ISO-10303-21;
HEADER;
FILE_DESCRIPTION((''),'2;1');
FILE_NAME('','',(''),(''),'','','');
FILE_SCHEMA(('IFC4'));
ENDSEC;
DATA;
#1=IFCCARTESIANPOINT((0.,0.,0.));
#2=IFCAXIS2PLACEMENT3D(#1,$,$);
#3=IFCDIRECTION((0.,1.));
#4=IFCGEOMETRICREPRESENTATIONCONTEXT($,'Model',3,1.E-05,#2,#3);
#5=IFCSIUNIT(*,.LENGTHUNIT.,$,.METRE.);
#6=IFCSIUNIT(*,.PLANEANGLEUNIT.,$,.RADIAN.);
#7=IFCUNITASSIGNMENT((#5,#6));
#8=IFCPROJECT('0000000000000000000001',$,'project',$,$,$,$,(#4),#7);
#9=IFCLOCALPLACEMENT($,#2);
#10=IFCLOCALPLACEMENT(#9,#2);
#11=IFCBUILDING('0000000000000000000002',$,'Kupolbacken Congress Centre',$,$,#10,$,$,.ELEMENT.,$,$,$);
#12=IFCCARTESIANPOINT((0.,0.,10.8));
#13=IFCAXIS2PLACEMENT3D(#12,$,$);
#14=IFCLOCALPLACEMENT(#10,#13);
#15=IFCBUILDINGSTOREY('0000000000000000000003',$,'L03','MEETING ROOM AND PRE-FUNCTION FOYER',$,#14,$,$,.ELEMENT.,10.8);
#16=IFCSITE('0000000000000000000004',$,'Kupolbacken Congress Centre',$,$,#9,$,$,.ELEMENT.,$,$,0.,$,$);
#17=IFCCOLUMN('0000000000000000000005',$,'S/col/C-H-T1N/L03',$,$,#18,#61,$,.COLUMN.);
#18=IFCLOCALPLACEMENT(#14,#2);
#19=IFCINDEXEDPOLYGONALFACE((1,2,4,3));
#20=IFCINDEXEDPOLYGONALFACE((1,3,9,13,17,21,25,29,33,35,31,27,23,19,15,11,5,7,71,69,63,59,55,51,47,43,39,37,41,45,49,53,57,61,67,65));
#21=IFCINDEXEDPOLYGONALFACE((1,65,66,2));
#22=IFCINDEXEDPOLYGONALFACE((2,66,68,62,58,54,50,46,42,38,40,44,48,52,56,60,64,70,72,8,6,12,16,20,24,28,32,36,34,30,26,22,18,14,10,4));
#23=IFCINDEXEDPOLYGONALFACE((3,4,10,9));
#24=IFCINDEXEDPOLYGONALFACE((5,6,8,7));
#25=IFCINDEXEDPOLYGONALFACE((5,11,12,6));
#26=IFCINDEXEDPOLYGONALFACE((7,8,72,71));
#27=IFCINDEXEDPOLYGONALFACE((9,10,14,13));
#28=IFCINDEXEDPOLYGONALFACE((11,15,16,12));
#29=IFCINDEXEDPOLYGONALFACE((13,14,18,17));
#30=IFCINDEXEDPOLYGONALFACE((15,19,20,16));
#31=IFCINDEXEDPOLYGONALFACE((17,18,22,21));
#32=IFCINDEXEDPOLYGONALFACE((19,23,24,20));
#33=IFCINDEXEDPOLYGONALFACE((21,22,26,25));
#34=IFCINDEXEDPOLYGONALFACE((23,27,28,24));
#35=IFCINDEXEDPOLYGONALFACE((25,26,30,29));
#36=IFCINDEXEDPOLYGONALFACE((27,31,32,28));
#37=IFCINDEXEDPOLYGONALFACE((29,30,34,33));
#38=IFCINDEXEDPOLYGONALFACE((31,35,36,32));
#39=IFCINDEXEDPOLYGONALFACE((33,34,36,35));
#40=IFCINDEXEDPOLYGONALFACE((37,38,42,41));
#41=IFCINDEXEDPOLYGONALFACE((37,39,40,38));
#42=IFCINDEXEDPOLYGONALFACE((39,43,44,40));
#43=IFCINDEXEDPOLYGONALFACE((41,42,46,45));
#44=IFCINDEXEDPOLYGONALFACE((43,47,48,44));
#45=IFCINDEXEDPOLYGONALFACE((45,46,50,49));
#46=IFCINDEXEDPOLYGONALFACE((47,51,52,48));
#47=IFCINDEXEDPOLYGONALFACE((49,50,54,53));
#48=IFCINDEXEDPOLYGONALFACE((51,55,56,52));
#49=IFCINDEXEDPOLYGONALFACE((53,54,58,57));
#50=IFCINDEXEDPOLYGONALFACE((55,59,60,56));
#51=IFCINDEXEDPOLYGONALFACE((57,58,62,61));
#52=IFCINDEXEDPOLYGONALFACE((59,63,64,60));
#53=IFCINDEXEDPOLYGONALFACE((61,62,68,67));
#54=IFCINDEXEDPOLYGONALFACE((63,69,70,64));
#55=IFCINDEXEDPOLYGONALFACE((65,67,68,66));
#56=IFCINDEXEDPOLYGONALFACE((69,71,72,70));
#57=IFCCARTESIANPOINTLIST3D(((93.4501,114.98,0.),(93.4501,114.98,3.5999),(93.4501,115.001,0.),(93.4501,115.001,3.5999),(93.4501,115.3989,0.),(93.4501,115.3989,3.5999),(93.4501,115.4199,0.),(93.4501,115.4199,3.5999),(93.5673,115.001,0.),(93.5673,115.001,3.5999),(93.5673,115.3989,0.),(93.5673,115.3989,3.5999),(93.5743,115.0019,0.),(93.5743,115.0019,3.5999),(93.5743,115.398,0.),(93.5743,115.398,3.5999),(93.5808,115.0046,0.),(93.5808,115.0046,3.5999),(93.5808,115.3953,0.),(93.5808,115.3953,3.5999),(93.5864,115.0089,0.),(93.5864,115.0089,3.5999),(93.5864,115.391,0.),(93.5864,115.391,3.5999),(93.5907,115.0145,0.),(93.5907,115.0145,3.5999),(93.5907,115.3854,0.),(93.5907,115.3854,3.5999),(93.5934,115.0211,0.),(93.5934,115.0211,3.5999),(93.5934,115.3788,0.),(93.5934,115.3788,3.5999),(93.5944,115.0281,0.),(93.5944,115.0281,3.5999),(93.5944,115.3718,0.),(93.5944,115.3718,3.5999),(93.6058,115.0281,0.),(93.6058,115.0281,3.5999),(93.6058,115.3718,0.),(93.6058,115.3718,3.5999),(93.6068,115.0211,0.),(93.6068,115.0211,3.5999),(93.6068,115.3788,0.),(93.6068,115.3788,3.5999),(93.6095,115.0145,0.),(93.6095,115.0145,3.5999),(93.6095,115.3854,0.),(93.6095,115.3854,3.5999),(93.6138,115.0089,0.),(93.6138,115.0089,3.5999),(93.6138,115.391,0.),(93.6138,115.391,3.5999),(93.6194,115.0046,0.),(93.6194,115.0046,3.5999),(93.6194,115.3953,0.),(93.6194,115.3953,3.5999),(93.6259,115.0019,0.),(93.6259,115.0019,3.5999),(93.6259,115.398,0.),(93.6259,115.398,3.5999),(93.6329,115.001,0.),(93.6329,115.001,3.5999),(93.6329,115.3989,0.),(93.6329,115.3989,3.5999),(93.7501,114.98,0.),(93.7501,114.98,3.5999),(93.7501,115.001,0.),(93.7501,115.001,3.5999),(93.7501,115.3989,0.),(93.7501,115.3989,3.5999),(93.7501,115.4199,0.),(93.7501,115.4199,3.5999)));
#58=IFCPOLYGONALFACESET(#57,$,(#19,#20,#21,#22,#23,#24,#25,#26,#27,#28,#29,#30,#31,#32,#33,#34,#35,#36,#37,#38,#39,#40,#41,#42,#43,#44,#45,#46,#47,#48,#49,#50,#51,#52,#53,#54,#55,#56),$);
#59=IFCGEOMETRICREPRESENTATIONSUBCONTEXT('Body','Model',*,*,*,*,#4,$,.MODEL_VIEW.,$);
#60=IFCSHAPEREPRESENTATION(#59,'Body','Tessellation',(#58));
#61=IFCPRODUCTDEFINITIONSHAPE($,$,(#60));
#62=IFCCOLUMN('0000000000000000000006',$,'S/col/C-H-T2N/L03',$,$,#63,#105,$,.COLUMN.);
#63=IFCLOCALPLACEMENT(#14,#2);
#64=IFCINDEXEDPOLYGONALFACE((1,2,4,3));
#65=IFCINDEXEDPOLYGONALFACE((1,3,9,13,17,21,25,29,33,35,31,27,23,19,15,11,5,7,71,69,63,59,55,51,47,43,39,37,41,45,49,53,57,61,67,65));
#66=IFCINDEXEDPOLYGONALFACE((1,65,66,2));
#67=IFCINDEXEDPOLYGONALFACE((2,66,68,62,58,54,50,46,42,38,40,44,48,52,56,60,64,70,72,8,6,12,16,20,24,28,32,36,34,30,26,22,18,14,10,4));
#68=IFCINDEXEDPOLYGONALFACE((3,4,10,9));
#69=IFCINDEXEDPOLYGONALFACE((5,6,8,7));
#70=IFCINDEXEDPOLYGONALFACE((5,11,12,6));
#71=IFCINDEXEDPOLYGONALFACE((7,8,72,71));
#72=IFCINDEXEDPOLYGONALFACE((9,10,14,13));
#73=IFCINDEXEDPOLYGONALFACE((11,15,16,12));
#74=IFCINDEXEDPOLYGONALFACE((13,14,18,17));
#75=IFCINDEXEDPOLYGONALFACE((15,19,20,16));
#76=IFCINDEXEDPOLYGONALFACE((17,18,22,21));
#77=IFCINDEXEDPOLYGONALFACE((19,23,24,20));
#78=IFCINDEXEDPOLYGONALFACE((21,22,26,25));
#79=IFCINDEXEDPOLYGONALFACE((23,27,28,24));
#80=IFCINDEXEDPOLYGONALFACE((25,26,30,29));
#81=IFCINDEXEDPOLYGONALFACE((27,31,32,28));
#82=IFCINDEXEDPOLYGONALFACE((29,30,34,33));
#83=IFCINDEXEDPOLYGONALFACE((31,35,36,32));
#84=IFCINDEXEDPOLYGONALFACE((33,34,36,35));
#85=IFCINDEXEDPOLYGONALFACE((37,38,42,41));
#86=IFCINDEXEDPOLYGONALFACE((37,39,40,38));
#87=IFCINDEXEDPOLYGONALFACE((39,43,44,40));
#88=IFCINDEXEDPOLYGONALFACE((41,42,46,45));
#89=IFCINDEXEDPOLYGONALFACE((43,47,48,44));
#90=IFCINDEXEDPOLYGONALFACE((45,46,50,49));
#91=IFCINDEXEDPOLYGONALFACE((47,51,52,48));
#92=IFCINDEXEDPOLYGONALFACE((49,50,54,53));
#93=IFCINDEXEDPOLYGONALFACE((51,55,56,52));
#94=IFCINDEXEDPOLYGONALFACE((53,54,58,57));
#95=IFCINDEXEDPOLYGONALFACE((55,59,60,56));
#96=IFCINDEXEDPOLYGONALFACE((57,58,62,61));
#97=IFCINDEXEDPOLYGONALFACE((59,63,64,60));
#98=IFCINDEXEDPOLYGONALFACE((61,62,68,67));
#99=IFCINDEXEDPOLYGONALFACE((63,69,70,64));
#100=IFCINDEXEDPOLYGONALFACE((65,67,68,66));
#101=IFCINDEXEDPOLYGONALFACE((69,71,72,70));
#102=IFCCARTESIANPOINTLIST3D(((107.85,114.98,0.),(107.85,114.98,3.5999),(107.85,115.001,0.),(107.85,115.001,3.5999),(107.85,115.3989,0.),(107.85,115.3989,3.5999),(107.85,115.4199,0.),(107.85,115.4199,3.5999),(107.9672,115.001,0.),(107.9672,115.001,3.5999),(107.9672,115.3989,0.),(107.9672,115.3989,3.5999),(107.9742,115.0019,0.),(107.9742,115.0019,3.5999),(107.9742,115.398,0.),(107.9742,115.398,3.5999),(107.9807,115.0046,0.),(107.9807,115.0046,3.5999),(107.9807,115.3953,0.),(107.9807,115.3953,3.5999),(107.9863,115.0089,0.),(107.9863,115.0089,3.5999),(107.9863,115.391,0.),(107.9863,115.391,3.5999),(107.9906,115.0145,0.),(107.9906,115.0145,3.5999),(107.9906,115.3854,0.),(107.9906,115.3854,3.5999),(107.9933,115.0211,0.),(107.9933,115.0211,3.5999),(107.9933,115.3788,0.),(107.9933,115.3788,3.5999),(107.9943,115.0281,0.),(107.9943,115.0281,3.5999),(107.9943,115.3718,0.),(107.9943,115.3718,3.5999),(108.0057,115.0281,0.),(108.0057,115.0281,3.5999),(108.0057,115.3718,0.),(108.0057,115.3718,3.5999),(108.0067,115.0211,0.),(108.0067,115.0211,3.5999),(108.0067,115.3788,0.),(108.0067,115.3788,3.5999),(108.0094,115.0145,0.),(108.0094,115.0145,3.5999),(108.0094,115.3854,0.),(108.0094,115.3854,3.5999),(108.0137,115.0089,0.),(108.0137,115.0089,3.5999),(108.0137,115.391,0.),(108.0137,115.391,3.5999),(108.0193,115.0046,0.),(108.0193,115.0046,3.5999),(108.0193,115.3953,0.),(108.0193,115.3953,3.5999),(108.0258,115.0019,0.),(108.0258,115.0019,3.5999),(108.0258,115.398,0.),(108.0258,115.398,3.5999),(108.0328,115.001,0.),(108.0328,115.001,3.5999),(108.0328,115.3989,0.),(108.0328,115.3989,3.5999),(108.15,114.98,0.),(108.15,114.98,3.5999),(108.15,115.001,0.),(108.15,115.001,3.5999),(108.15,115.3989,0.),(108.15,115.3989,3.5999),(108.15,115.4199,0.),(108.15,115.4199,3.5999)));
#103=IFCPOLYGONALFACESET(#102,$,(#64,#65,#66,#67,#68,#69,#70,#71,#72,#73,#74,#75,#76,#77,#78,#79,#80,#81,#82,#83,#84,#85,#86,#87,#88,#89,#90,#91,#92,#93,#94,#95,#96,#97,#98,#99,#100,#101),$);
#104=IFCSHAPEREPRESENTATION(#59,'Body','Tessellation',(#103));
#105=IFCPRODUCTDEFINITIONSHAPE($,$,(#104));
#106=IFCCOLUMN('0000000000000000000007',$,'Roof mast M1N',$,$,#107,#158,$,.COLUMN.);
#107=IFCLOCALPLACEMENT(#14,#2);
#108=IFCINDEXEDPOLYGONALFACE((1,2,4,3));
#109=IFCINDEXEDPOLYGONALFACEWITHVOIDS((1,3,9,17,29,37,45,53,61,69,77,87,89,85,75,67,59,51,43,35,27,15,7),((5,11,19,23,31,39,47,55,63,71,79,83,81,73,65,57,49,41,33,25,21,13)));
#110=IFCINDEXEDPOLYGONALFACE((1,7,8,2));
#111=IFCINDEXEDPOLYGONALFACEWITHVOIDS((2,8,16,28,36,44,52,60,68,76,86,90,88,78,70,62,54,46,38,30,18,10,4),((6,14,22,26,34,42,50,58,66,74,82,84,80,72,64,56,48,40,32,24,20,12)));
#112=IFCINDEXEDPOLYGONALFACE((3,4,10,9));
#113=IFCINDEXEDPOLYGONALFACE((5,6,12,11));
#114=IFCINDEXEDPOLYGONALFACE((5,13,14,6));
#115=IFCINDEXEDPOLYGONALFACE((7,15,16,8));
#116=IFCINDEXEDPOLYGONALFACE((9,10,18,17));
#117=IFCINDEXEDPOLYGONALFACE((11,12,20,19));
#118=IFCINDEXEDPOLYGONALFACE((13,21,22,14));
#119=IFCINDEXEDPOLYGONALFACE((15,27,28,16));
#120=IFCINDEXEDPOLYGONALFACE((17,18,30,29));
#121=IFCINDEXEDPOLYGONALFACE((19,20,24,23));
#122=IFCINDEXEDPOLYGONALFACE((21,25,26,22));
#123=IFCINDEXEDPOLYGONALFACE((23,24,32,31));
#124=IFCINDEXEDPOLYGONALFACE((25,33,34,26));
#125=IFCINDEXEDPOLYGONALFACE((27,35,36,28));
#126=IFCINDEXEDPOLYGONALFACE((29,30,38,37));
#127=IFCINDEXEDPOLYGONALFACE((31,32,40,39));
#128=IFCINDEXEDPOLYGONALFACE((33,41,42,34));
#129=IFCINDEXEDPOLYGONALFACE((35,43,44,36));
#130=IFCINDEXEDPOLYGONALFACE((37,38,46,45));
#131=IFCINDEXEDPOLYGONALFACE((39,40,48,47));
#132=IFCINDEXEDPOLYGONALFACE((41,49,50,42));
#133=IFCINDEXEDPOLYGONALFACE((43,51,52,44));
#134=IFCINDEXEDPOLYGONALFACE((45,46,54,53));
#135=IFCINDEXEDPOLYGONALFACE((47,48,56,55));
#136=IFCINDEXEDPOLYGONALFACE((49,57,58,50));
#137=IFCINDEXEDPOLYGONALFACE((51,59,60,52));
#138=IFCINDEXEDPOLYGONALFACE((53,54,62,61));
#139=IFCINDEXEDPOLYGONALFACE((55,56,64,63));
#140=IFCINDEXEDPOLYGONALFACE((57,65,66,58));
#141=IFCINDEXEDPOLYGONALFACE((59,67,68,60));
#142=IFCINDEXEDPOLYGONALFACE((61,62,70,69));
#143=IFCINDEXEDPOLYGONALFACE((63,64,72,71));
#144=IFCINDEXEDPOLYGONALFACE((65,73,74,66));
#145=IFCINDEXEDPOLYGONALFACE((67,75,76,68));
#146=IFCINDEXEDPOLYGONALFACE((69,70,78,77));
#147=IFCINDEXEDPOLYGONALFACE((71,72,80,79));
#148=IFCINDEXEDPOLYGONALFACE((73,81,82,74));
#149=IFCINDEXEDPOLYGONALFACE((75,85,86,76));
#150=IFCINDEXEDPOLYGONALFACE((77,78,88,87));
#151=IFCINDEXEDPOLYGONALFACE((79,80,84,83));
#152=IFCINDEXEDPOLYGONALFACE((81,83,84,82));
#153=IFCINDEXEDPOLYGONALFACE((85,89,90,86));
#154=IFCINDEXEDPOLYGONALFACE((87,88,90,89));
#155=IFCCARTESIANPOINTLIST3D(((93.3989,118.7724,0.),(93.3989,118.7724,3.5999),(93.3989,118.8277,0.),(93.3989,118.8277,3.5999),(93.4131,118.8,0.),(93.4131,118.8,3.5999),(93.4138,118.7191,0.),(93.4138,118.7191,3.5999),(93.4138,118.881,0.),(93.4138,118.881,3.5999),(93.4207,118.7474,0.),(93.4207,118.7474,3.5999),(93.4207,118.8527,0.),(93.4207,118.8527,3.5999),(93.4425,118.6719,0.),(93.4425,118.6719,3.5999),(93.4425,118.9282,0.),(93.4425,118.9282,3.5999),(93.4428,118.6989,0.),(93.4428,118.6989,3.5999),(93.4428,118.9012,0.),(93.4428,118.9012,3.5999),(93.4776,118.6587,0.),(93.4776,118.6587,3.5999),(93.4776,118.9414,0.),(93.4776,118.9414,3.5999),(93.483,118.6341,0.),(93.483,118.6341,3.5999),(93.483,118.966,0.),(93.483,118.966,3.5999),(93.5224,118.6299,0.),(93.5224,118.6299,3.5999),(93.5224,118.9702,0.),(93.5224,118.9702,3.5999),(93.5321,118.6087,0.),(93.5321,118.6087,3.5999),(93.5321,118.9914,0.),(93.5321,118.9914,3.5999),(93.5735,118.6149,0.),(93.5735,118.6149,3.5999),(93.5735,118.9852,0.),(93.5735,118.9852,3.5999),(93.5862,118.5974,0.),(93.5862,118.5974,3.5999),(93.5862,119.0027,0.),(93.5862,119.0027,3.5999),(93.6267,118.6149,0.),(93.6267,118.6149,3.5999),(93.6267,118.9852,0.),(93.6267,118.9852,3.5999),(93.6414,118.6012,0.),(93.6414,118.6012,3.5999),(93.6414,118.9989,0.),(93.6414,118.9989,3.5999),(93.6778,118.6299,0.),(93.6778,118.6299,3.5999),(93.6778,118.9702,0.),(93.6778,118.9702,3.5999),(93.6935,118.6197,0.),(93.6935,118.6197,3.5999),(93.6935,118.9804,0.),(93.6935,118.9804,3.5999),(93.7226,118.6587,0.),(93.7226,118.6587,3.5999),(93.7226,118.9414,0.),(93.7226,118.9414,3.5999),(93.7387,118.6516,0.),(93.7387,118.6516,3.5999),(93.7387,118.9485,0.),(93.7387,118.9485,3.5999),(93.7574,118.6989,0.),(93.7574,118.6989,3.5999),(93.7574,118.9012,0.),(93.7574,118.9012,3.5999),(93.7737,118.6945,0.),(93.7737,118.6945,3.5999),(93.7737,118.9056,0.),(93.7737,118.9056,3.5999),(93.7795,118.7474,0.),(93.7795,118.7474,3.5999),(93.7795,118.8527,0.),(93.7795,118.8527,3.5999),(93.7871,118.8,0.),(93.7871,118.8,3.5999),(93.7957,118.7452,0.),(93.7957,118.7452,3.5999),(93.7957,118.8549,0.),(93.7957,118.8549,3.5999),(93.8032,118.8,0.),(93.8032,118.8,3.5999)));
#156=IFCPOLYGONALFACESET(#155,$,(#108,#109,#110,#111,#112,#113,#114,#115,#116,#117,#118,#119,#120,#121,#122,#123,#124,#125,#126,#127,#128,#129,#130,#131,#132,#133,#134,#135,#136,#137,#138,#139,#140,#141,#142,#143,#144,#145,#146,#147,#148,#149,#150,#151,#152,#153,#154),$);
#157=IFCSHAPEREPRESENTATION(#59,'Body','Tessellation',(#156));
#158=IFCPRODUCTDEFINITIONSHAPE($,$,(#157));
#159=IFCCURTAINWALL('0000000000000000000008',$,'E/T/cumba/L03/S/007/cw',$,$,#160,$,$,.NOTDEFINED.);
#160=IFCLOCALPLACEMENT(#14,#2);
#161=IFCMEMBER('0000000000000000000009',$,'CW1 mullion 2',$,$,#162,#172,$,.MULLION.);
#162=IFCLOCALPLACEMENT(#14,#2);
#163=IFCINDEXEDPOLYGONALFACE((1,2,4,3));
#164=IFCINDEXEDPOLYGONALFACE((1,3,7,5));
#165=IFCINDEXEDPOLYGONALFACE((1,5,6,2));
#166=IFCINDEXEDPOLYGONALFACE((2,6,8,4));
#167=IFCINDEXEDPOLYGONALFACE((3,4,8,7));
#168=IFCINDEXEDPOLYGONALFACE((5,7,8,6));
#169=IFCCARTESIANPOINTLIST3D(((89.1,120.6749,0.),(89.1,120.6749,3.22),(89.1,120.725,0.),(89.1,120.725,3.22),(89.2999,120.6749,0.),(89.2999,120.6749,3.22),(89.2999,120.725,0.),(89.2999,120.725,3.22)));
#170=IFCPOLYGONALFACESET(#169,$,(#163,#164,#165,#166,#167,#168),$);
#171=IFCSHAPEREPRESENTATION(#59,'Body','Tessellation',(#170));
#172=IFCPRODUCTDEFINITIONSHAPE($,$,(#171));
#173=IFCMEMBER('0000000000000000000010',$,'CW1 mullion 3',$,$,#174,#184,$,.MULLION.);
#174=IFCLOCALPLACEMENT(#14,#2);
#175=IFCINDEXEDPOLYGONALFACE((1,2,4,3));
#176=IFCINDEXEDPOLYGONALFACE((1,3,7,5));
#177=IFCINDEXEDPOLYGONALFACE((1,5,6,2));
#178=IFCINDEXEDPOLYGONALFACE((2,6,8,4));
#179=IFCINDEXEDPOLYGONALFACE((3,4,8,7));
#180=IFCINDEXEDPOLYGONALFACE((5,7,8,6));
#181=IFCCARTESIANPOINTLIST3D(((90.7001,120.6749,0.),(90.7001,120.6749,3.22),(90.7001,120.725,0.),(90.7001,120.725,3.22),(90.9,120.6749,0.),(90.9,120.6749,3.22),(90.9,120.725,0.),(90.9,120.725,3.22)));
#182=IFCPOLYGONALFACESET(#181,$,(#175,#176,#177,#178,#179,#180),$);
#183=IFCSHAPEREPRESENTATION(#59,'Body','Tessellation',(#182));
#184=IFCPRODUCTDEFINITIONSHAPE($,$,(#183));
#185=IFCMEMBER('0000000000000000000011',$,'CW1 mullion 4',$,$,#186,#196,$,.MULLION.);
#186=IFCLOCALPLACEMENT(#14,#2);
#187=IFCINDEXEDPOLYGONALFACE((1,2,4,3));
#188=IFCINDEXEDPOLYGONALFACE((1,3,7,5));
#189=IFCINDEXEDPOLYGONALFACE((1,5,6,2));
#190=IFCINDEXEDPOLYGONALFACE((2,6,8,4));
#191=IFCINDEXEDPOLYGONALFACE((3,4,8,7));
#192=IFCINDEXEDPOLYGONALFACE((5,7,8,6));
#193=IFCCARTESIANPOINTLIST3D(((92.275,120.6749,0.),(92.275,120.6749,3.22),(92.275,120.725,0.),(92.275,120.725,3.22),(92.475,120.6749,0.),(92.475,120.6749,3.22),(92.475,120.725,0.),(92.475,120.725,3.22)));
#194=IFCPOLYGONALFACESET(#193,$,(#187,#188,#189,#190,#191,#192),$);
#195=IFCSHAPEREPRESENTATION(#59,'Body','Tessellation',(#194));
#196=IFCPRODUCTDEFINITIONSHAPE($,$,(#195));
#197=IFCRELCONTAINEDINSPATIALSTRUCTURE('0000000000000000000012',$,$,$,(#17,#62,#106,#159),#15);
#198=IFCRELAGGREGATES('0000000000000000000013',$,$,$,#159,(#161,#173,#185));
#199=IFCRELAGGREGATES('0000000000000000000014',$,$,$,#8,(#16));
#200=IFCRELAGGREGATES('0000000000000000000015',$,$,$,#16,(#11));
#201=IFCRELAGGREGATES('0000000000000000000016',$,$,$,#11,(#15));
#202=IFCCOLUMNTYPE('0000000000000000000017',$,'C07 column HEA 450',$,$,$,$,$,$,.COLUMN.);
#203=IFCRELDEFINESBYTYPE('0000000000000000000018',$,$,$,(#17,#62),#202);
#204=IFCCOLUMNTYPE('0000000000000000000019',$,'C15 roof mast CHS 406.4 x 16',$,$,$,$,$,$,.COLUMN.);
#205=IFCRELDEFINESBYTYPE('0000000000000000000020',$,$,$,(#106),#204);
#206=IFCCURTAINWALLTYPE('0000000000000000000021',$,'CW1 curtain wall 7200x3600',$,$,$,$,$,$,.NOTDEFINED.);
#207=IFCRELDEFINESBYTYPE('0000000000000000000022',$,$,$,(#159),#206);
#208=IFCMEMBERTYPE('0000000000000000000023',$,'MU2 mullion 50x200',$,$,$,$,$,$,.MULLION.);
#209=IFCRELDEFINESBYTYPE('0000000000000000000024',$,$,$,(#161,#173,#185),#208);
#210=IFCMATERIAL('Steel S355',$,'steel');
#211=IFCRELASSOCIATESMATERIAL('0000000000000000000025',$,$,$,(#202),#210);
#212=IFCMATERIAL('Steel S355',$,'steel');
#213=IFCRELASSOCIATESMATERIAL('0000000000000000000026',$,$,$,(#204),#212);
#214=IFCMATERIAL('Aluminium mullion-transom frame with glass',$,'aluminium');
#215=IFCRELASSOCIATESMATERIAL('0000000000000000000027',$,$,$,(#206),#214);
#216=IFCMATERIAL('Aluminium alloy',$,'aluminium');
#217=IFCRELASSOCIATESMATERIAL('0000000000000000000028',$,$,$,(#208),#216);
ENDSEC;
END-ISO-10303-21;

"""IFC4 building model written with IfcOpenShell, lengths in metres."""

from ifc_helpers import new_model, si_unit, direction, frame, origin, origin_2d, place, context, subcontext, project, spatial, rectangle, hollow_circle, i_section, extrude, material, material_profile, profile_set, type_object, element, aggregate, save


model = new_model("IFC4")

# Units and contexts
model_context = context("Model", 3, precision=1e-05, world=origin(), true_north=direction((0.0, 1.0)))
body_context = subcontext(model_context, "Body", "Model", "MODEL_VIEW")
ifc_project = project(units=[si_unit("LENGTHUNIT", "METRE"), si_unit("PLANEANGLEUNIT", "RADIAN")], contexts=[model_context])

# Site, building, storey
site_placement = place(None, origin())
site = spatial("IfcSite", under=ifc_project, at=site_placement, Name="Kupolbacken Congress Centre", CompositionType="ELEMENT", RefElevation=0.0)
building_placement = place(site_placement, origin())
building = spatial("IfcBuilding", under=site, at=building_placement, Name="Kupolbacken Congress Centre", CompositionType="ELEMENT")
storey_placement = place(building_placement, frame((0.0, 0.0, 10.8)))
storey = spatial("IfcBuildingStorey", under=building, at=storey_placement, Name="L03", Description="MEETING ROOM AND PRE-FUNCTION FOYER", CompositionType="ELEMENT", Elevation=10.8)

# Columns
ifc_material_1 = material(Name="Steel S355", Category="steel")
ifc_material_profile_1 = material_profile(ifc_material_1, i_section(OverallWidth=0.3, OverallDepth=0.4399, WebThickness=0.0115, FlangeThickness=0.021, FilletRadius=0.0271, at=origin_2d()), Name="HEA 450")
ifc_profile_set_1 = profile_set([ifc_material_profile_1], Name="Steel S355")
column_type_1 = type_object("IfcColumnType", Name="C07 column HEA 450", PredefinedType="COLUMN", material=ifc_profile_set_1)
for number, where, z_axis, x_axis, name in (
    (1, (93.6001, 115.2, 0.0), (0.0, 0.0, 1.0), (1.0, 0.0, 0.0), "S/col/C-H-T1N/L03"),
    (2, (108.0, 115.2, 0.0), (0.0, 0.0, 1.0), (1.0, 0.0, 0.0), "S/col/C-H-T2N/L03"),
):
    element("IfcColumn", number, at=place(storey_placement, frame(where, z_axis=z_axis, x_axis=x_axis)), inside=storey, type_object=column_type_1, Name=name, PredefinedType="COLUMN", context=body_context, shape_type="SweptSolid", body=[
        extrude(i_section(OverallWidth=0.3, OverallDepth=0.4399, WebThickness=0.0115, FlangeThickness=0.021, FilletRadius=0.0271, at=origin_2d()), origin(), (0.0, 0.0, 1.0), 3.5999),
    ])
ifc_material_2 = material(Name="Steel S355", Category="steel")
ifc_material_profile_2 = material_profile(ifc_material_2, hollow_circle(Radius=0.2031, WallThickness=0.0161, at=origin_2d()), Name="CHS 406.4 x 16")
ifc_profile_set_2 = profile_set([ifc_material_profile_2], Name="Steel S355")
column_type_2 = type_object("IfcColumnType", Name="C15 roof mast CHS 406.4 x 16", PredefinedType="COLUMN", material=ifc_profile_set_2)
column_placement = place(storey_placement, frame((93.6001, 118.8, 0.0), z_axis=(0.0, 0.0, 1.0), x_axis=(1.0, 0.0, 0.0)))
element("IfcColumn", 3, at=column_placement, inside=storey, type_object=column_type_2, Name="Roof mast M1N", PredefinedType="COLUMN", context=body_context, shape_type="SweptSolid", body=[
    extrude(hollow_circle(Radius=0.2031, WallThickness=0.0161, at=origin_2d()), origin(), (0.0, 0.0, 1.0), 3.5999),
])

# Curtain wall, members
ifc_material_3 = material(Name="Aluminium mullion-transom frame with glass", Category="aluminium")
curtain_wall_type = type_object("IfcCurtainWallType", Name="CW1 curtain wall 7200x3600", PredefinedType="NOTDEFINED", material=ifc_material_3)
curtain_wall_placement = place(storey_placement, origin())
curtain_wall = element("IfcCurtainWall", 4, at=curtain_wall_placement, inside=storey, type_object=curtain_wall_type, Name="E/T/cumba/L03/S/007/cw", PredefinedType="NOTDEFINED")
ifc_material_4 = material(Name="Aluminium alloy", Category="aluminium")
ifc_material_profile_3 = material_profile(ifc_material_4, rectangle(XDim=0.05, YDim=0.2, at=origin_2d()), Name="50 x 200")
ifc_profile_set_3 = profile_set([ifc_material_profile_3], Name="Aluminium alloy")
member_type_1 = type_object("IfcMemberType", Name="MU2 mullion 50x200", PredefinedType="MULLION", material=ifc_profile_set_3)
member_1_placement = place(storey_placement, frame((89.2, 120.7, 0.0), z_axis=(0.0, 0.0, 1.0), x_axis=(0.0, 1.0, 0.0)))
member_1 = element("IfcMember", 5, at=member_1_placement, type_object=member_type_1, Name="CW1 mullion 2", PredefinedType="MULLION", context=body_context, shape_type="SweptSolid", body=[
    extrude(rectangle(XDim=0.05, YDim=0.2, at=origin_2d()), origin(), (0.0, 0.0, 1.0), 3.22),
])
member_2_placement = place(storey_placement, frame((90.8, 120.7, 0.0), z_axis=(0.0, 0.0, 1.0), x_axis=(0.0, 1.0, 0.0)))
member_2 = element("IfcMember", 6, at=member_2_placement, type_object=member_type_1, Name="CW1 mullion 3", PredefinedType="MULLION", context=body_context, shape_type="SweptSolid", body=[
    extrude(rectangle(XDim=0.05, YDim=0.2, at=origin_2d()), origin(), (0.0, 0.0, 1.0), 3.22),
])
member_3_placement = place(storey_placement, frame((92.375, 120.7, 0.0), z_axis=(0.0, 0.0, 1.0), x_axis=(0.0, 1.0, 0.0)))
member_3 = element("IfcMember", 7, at=member_3_placement, type_object=member_type_1, Name="CW1 mullion 4", PredefinedType="MULLION", context=body_context, shape_type="SweptSolid", body=[
    extrude(rectangle(XDim=0.05, YDim=0.2, at=origin_2d()), origin(), (0.0, 0.0, 1.0), 3.22),
])
aggregate(curtain_wall, [member_1, member_2, member_3])

save(model, "model.ifc")
